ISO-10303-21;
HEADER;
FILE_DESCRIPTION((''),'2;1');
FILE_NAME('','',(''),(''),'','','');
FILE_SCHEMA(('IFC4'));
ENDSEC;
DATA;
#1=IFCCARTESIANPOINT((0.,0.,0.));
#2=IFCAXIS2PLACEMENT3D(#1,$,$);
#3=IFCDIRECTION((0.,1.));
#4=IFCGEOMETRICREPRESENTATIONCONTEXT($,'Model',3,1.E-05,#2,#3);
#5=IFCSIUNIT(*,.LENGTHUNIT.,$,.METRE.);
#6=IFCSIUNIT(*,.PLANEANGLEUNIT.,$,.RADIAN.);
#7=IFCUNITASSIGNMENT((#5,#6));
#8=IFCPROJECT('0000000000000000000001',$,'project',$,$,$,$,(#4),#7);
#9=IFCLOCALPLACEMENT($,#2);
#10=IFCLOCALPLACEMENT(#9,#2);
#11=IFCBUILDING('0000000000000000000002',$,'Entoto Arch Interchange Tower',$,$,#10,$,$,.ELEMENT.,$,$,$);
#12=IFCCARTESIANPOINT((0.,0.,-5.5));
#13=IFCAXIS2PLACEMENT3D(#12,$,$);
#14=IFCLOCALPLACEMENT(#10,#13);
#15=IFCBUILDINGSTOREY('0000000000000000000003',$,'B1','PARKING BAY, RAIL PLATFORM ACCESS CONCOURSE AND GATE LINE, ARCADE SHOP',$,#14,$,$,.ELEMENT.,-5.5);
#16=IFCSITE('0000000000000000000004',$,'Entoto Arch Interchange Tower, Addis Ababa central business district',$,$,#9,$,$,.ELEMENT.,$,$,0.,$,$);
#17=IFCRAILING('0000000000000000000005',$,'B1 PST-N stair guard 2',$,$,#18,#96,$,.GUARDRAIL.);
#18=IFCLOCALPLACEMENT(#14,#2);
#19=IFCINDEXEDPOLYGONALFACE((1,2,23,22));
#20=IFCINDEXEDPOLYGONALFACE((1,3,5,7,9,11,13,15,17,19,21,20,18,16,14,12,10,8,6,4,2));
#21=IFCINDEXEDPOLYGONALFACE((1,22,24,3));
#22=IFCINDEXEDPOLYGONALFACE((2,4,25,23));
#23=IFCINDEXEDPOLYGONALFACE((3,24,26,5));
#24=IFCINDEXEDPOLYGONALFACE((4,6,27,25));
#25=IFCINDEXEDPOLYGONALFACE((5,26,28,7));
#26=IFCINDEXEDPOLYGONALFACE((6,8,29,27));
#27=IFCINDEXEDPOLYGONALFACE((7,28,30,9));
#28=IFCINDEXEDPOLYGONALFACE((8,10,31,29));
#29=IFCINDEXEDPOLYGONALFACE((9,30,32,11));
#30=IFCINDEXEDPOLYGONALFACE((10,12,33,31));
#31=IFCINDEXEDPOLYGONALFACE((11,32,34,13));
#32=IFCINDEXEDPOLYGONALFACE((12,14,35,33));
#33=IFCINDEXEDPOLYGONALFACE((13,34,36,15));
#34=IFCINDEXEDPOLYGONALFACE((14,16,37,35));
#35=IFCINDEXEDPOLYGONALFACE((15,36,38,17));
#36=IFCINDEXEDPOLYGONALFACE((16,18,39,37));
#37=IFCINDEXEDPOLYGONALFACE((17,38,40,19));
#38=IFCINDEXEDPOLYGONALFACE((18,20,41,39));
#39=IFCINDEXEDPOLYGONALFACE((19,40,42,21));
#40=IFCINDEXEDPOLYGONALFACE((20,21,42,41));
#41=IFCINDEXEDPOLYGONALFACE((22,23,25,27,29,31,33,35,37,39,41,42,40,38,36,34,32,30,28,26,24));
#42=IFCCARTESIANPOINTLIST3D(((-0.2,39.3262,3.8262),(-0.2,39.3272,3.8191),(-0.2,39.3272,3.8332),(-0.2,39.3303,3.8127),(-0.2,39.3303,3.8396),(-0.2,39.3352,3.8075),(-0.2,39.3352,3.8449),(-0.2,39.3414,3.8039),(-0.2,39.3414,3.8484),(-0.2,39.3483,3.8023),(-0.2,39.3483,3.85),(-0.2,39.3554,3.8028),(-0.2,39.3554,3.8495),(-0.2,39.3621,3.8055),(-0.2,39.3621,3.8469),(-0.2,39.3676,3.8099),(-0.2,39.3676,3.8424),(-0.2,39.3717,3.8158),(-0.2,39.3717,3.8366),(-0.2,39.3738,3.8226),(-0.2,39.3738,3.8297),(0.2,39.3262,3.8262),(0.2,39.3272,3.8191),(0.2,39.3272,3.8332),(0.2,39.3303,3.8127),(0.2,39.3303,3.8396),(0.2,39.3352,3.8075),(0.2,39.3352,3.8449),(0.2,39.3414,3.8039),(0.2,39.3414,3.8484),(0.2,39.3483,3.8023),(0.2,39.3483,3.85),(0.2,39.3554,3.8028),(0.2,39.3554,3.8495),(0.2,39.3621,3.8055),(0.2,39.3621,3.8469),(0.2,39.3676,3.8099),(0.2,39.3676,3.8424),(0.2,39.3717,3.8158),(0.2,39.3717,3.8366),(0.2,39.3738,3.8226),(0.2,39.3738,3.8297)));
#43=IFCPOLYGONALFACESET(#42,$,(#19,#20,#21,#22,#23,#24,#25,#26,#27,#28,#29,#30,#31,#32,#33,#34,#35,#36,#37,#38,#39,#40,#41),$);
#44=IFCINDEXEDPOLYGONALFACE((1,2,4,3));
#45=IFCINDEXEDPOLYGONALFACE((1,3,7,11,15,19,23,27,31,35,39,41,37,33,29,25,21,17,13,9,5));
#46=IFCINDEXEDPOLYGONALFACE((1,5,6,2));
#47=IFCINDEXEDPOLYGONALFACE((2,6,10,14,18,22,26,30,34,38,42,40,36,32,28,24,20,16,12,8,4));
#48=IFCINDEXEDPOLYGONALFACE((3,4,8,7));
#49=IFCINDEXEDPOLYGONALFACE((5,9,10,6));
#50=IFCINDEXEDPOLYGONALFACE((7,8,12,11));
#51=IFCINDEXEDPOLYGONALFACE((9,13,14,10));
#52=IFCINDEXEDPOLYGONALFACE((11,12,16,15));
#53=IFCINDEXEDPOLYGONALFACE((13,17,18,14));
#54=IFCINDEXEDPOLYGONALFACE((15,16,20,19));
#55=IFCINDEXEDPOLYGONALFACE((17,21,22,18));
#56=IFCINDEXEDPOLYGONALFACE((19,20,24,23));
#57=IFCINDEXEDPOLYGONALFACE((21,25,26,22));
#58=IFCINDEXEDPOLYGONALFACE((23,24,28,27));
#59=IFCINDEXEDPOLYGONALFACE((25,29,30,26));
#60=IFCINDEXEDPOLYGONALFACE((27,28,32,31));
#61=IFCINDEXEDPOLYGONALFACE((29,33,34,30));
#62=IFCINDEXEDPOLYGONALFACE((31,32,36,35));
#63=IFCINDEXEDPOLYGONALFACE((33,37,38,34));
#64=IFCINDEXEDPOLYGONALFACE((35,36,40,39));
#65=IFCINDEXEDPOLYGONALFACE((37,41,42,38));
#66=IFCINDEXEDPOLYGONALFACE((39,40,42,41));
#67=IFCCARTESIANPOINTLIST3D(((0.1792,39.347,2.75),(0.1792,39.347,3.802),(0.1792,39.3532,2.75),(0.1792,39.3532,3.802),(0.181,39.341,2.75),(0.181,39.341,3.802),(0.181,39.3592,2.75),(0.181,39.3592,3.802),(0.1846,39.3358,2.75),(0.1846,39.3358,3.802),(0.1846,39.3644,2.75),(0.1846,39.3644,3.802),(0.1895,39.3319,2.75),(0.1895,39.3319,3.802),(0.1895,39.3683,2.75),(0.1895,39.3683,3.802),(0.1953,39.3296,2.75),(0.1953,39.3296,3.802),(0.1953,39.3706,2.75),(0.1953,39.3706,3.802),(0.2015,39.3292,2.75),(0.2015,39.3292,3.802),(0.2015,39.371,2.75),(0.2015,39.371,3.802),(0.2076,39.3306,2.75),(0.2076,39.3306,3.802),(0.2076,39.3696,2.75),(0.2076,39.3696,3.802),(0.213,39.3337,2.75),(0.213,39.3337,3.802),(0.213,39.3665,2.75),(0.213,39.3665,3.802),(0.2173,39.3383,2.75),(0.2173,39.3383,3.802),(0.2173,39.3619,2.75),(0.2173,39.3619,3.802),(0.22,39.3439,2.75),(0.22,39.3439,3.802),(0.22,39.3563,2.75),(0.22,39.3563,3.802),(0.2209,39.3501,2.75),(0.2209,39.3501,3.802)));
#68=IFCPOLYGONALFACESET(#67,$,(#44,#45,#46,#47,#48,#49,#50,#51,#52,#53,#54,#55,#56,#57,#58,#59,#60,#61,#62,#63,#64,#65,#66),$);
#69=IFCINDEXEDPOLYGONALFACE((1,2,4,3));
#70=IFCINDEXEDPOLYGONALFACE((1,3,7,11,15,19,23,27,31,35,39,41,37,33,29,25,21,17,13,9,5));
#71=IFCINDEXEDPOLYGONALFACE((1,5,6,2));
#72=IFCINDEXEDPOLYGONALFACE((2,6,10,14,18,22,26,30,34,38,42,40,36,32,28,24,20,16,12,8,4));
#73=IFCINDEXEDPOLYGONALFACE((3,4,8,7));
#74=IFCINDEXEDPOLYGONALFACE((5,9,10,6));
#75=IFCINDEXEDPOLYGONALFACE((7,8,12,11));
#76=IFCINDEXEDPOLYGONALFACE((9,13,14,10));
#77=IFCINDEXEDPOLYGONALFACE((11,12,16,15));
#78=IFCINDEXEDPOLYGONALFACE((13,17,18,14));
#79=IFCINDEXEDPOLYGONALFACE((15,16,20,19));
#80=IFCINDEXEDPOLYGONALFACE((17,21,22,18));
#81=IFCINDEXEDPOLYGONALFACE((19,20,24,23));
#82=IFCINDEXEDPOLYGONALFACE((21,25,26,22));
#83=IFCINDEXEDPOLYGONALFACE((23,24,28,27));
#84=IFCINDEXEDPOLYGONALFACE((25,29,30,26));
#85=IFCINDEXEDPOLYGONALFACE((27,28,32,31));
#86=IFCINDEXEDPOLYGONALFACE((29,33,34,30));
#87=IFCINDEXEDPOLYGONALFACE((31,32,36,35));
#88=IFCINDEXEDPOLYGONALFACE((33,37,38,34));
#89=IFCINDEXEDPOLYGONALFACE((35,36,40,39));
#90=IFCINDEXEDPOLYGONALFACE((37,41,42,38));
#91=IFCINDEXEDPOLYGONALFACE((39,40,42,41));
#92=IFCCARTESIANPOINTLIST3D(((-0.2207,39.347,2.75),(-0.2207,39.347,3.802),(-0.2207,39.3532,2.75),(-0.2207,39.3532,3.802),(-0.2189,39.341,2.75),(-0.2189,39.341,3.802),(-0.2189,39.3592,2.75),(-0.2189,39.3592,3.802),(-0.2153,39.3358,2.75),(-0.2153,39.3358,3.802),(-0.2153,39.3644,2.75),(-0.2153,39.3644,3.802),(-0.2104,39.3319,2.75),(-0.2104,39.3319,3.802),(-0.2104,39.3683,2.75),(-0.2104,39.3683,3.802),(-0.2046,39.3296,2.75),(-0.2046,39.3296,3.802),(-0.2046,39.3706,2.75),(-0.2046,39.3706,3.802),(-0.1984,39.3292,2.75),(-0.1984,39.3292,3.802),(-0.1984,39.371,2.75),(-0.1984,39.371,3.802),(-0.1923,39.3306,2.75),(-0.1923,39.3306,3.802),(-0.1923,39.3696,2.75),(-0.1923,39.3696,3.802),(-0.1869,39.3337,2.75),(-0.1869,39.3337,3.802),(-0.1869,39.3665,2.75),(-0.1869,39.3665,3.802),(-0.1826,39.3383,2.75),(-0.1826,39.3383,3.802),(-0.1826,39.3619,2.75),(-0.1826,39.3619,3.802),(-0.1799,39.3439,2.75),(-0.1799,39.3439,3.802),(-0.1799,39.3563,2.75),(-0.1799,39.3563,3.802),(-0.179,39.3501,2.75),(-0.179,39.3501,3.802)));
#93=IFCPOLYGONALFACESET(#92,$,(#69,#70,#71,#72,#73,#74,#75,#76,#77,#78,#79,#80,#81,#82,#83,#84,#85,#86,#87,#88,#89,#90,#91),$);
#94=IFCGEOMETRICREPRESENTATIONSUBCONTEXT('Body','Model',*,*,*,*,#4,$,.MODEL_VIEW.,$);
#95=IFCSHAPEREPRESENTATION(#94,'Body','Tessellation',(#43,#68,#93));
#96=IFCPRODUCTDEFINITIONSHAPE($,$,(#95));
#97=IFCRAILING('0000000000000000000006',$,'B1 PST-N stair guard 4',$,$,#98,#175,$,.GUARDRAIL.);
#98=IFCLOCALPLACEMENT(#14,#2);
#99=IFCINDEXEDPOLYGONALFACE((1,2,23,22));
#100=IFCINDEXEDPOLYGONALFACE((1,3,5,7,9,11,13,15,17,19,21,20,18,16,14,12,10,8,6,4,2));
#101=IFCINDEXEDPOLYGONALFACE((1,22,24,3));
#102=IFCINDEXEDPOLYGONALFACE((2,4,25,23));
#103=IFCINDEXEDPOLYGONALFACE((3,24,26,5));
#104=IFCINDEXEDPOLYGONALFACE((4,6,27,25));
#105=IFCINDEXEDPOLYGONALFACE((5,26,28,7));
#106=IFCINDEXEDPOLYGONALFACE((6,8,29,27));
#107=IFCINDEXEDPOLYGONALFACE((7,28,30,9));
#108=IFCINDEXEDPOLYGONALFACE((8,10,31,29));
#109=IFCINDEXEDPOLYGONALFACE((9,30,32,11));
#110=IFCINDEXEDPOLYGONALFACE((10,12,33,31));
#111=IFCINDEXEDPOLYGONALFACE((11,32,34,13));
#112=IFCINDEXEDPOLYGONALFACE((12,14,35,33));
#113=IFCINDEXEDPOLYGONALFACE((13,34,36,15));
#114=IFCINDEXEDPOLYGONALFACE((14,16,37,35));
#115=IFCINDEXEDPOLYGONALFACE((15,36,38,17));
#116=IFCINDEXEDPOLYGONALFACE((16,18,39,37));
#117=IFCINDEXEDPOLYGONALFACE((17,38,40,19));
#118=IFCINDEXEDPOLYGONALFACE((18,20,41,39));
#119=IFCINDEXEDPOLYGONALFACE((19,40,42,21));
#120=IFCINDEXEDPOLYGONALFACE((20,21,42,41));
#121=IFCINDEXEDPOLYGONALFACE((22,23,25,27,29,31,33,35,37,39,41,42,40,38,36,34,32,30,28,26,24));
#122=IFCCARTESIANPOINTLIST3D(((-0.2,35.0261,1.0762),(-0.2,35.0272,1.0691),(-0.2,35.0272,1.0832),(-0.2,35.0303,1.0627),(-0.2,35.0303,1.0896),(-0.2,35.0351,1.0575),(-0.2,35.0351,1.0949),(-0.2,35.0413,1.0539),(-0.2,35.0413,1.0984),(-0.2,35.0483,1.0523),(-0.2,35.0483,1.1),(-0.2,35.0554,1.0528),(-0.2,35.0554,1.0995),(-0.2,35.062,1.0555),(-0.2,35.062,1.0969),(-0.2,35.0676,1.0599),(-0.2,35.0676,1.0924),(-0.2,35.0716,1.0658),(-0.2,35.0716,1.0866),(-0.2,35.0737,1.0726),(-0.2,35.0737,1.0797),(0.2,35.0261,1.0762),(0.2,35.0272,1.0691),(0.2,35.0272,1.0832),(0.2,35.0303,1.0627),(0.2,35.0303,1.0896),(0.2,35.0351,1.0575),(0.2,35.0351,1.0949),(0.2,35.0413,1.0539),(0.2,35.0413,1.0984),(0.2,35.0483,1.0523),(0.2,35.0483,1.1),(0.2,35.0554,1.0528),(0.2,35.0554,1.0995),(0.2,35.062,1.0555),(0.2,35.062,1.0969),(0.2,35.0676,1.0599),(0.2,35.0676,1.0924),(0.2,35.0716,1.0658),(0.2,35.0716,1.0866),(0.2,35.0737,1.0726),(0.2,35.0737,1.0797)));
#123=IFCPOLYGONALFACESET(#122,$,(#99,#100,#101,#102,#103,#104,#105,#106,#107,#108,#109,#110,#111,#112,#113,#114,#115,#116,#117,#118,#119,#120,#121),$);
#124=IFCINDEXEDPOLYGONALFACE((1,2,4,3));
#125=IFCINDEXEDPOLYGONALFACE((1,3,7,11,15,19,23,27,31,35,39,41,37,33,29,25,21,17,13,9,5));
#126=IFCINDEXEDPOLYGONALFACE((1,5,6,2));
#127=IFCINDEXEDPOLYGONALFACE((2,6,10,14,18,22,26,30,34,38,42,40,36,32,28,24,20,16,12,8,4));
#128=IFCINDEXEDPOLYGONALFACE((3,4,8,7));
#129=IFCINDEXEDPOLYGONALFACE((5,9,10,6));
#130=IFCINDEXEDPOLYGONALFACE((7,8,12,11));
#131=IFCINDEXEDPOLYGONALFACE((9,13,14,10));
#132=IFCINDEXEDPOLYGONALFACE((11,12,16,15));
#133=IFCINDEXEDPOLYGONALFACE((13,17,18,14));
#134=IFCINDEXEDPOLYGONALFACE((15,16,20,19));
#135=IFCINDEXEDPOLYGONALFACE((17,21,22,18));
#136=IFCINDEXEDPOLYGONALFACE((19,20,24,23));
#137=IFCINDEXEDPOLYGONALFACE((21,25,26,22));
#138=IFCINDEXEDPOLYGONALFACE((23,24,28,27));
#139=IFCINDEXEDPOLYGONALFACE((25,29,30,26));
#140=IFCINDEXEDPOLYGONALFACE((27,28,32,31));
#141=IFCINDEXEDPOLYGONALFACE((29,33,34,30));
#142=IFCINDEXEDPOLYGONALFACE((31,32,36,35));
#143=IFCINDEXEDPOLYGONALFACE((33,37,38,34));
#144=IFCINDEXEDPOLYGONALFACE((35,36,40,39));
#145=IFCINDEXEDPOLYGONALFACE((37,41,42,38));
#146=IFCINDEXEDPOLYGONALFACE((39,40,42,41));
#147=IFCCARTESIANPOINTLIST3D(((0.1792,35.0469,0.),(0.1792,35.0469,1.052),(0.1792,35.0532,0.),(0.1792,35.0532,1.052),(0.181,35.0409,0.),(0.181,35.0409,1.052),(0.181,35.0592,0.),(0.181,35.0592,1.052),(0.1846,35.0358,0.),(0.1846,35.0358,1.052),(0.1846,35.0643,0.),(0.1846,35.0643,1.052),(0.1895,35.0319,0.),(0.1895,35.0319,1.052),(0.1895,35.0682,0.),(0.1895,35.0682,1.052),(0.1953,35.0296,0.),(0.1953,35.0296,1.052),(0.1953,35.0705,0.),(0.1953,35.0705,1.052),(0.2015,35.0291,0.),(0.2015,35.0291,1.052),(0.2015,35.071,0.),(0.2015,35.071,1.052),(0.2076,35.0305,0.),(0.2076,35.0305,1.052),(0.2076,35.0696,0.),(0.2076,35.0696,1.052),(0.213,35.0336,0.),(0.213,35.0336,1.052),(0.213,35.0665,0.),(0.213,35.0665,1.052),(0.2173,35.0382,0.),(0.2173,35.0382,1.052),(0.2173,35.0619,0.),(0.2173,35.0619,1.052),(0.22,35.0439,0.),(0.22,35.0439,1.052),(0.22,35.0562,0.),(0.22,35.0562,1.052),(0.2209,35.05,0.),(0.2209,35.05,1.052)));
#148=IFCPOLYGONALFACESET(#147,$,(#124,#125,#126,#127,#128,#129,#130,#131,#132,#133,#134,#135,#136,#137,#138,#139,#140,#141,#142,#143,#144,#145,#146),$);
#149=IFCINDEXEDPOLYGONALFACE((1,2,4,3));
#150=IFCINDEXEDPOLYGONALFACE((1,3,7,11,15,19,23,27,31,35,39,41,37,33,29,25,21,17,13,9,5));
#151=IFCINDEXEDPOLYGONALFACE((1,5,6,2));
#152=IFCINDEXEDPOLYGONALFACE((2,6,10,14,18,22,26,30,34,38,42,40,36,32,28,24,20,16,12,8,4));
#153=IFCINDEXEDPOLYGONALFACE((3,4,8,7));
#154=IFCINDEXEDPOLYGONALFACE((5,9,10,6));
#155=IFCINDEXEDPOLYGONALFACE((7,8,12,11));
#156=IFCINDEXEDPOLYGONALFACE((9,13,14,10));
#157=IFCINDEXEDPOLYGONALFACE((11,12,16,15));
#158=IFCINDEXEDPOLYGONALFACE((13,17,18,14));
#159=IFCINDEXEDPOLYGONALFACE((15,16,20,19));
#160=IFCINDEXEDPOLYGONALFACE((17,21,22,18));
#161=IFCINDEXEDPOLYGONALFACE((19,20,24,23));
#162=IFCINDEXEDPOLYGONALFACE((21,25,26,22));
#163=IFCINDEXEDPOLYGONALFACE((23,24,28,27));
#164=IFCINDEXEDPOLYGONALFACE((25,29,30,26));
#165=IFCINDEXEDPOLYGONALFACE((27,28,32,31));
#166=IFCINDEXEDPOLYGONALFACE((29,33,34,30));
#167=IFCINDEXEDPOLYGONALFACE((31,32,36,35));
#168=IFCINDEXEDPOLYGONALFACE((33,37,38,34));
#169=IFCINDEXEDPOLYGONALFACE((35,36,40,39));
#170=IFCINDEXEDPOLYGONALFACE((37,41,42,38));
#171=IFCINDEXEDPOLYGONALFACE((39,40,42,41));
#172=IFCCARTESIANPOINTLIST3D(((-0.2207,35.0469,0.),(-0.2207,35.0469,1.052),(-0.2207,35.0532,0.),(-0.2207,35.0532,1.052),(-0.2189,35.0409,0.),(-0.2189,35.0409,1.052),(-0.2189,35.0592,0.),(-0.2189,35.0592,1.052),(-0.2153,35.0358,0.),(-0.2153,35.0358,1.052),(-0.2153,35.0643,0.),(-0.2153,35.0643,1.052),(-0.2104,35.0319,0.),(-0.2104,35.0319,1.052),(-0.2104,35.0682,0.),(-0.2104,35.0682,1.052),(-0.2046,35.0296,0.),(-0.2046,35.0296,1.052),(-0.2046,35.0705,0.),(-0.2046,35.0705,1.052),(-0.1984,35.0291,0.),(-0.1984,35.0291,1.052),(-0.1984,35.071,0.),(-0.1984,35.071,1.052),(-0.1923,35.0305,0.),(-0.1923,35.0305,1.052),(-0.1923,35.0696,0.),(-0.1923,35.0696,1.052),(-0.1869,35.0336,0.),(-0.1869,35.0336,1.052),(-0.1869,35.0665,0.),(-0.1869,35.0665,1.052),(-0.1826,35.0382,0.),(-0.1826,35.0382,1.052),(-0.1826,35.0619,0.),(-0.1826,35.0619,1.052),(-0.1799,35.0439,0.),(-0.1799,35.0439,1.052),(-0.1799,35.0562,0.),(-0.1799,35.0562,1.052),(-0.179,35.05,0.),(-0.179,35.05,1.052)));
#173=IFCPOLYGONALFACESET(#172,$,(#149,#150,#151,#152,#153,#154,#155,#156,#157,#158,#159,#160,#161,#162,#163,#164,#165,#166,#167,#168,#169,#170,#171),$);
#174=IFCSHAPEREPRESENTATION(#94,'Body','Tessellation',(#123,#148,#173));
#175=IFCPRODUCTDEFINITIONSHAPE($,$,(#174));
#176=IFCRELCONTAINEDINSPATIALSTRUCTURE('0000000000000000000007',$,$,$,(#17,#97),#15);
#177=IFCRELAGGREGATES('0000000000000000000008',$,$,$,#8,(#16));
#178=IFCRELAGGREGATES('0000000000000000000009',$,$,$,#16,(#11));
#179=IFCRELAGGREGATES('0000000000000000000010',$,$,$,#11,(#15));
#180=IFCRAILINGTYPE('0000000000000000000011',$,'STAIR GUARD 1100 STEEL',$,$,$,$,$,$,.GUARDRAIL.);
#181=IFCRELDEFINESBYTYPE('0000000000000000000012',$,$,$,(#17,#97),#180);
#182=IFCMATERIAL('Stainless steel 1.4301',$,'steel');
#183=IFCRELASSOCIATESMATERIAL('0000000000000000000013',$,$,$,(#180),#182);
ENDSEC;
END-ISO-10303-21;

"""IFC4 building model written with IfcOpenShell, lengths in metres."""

from ifc_helpers import new_model, si_unit, direction, frame, origin, origin_2d, place, context, subcontext, project, spatial, circle, extrude, material, type_object, element, save


model = new_model("IFC4")

# Units and contexts
model_context = context("Model", 3, precision=1e-05, world=origin(), true_north=direction((0.0, 1.0)))
body_context = subcontext(model_context, "Body", "Model", "MODEL_VIEW")
ifc_project = project(units=[si_unit("LENGTHUNIT", "METRE"), si_unit("PLANEANGLEUNIT", "RADIAN")], contexts=[model_context])

# Site, building, storey
site_placement = place(None, origin())
site = spatial("IfcSite", under=ifc_project, at=site_placement, Name="Entoto Arch Interchange Tower, Addis Ababa central business district", CompositionType="ELEMENT", RefElevation=0.0)
building_placement = place(site_placement, origin())
building = spatial("IfcBuilding", under=site, at=building_placement, Name="Entoto Arch Interchange Tower", CompositionType="ELEMENT")
storey_placement = place(building_placement, frame((0.0, 0.0, -5.5)))
storey = spatial("IfcBuildingStorey", under=building, at=storey_placement, Name="B1", Description="PARKING BAY, RAIL PLATFORM ACCESS CONCOURSE AND GATE LINE, ARCADE SHOP", CompositionType="ELEMENT", Elevation=-5.5)

# Railings
ifc_material_1 = material(Name="Stainless steel 1.4301", Category="steel")
railing_type_1 = type_object("IfcRailingType", Name="STAIR GUARD 1100 STEEL", PredefinedType="GUARDRAIL", material=ifc_material_1)
for number, where, name in (
    (1, (0.2, 39.3501, 2.75), "B1 PST-N stair guard 2"),
    (2, (0.2, 35.05, 0.0), "B1 PST-N stair guard 4"),
):
    element("IfcRailing", number, at=place(storey_placement, frame(where)), inside=storey, type_object=railing_type_1, Name=name, PredefinedType="GUARDRAIL", context=body_context, shape_type="SweptSolid", body=[
        extrude(circle(Radius=0.0239, at=origin_2d()), frame((0.0, 0.0, 1.0762), z_axis=(-1.0, 0.0, 0.0), x_axis=(0.0, -1.0, 0.0)), (0.0, 0.0, 1.0), 0.3999),
        extrude(circle(Radius=0.021, at=origin_2d()), origin(), (0.0, 0.0, 1.0), 1.052),
        extrude(circle(Radius=0.021, at=origin_2d()), frame((-0.3999, 0.0, 0.0)), (0.0, 0.0, 1.0), 1.052),
    ])

save(model, "model.ifc")
